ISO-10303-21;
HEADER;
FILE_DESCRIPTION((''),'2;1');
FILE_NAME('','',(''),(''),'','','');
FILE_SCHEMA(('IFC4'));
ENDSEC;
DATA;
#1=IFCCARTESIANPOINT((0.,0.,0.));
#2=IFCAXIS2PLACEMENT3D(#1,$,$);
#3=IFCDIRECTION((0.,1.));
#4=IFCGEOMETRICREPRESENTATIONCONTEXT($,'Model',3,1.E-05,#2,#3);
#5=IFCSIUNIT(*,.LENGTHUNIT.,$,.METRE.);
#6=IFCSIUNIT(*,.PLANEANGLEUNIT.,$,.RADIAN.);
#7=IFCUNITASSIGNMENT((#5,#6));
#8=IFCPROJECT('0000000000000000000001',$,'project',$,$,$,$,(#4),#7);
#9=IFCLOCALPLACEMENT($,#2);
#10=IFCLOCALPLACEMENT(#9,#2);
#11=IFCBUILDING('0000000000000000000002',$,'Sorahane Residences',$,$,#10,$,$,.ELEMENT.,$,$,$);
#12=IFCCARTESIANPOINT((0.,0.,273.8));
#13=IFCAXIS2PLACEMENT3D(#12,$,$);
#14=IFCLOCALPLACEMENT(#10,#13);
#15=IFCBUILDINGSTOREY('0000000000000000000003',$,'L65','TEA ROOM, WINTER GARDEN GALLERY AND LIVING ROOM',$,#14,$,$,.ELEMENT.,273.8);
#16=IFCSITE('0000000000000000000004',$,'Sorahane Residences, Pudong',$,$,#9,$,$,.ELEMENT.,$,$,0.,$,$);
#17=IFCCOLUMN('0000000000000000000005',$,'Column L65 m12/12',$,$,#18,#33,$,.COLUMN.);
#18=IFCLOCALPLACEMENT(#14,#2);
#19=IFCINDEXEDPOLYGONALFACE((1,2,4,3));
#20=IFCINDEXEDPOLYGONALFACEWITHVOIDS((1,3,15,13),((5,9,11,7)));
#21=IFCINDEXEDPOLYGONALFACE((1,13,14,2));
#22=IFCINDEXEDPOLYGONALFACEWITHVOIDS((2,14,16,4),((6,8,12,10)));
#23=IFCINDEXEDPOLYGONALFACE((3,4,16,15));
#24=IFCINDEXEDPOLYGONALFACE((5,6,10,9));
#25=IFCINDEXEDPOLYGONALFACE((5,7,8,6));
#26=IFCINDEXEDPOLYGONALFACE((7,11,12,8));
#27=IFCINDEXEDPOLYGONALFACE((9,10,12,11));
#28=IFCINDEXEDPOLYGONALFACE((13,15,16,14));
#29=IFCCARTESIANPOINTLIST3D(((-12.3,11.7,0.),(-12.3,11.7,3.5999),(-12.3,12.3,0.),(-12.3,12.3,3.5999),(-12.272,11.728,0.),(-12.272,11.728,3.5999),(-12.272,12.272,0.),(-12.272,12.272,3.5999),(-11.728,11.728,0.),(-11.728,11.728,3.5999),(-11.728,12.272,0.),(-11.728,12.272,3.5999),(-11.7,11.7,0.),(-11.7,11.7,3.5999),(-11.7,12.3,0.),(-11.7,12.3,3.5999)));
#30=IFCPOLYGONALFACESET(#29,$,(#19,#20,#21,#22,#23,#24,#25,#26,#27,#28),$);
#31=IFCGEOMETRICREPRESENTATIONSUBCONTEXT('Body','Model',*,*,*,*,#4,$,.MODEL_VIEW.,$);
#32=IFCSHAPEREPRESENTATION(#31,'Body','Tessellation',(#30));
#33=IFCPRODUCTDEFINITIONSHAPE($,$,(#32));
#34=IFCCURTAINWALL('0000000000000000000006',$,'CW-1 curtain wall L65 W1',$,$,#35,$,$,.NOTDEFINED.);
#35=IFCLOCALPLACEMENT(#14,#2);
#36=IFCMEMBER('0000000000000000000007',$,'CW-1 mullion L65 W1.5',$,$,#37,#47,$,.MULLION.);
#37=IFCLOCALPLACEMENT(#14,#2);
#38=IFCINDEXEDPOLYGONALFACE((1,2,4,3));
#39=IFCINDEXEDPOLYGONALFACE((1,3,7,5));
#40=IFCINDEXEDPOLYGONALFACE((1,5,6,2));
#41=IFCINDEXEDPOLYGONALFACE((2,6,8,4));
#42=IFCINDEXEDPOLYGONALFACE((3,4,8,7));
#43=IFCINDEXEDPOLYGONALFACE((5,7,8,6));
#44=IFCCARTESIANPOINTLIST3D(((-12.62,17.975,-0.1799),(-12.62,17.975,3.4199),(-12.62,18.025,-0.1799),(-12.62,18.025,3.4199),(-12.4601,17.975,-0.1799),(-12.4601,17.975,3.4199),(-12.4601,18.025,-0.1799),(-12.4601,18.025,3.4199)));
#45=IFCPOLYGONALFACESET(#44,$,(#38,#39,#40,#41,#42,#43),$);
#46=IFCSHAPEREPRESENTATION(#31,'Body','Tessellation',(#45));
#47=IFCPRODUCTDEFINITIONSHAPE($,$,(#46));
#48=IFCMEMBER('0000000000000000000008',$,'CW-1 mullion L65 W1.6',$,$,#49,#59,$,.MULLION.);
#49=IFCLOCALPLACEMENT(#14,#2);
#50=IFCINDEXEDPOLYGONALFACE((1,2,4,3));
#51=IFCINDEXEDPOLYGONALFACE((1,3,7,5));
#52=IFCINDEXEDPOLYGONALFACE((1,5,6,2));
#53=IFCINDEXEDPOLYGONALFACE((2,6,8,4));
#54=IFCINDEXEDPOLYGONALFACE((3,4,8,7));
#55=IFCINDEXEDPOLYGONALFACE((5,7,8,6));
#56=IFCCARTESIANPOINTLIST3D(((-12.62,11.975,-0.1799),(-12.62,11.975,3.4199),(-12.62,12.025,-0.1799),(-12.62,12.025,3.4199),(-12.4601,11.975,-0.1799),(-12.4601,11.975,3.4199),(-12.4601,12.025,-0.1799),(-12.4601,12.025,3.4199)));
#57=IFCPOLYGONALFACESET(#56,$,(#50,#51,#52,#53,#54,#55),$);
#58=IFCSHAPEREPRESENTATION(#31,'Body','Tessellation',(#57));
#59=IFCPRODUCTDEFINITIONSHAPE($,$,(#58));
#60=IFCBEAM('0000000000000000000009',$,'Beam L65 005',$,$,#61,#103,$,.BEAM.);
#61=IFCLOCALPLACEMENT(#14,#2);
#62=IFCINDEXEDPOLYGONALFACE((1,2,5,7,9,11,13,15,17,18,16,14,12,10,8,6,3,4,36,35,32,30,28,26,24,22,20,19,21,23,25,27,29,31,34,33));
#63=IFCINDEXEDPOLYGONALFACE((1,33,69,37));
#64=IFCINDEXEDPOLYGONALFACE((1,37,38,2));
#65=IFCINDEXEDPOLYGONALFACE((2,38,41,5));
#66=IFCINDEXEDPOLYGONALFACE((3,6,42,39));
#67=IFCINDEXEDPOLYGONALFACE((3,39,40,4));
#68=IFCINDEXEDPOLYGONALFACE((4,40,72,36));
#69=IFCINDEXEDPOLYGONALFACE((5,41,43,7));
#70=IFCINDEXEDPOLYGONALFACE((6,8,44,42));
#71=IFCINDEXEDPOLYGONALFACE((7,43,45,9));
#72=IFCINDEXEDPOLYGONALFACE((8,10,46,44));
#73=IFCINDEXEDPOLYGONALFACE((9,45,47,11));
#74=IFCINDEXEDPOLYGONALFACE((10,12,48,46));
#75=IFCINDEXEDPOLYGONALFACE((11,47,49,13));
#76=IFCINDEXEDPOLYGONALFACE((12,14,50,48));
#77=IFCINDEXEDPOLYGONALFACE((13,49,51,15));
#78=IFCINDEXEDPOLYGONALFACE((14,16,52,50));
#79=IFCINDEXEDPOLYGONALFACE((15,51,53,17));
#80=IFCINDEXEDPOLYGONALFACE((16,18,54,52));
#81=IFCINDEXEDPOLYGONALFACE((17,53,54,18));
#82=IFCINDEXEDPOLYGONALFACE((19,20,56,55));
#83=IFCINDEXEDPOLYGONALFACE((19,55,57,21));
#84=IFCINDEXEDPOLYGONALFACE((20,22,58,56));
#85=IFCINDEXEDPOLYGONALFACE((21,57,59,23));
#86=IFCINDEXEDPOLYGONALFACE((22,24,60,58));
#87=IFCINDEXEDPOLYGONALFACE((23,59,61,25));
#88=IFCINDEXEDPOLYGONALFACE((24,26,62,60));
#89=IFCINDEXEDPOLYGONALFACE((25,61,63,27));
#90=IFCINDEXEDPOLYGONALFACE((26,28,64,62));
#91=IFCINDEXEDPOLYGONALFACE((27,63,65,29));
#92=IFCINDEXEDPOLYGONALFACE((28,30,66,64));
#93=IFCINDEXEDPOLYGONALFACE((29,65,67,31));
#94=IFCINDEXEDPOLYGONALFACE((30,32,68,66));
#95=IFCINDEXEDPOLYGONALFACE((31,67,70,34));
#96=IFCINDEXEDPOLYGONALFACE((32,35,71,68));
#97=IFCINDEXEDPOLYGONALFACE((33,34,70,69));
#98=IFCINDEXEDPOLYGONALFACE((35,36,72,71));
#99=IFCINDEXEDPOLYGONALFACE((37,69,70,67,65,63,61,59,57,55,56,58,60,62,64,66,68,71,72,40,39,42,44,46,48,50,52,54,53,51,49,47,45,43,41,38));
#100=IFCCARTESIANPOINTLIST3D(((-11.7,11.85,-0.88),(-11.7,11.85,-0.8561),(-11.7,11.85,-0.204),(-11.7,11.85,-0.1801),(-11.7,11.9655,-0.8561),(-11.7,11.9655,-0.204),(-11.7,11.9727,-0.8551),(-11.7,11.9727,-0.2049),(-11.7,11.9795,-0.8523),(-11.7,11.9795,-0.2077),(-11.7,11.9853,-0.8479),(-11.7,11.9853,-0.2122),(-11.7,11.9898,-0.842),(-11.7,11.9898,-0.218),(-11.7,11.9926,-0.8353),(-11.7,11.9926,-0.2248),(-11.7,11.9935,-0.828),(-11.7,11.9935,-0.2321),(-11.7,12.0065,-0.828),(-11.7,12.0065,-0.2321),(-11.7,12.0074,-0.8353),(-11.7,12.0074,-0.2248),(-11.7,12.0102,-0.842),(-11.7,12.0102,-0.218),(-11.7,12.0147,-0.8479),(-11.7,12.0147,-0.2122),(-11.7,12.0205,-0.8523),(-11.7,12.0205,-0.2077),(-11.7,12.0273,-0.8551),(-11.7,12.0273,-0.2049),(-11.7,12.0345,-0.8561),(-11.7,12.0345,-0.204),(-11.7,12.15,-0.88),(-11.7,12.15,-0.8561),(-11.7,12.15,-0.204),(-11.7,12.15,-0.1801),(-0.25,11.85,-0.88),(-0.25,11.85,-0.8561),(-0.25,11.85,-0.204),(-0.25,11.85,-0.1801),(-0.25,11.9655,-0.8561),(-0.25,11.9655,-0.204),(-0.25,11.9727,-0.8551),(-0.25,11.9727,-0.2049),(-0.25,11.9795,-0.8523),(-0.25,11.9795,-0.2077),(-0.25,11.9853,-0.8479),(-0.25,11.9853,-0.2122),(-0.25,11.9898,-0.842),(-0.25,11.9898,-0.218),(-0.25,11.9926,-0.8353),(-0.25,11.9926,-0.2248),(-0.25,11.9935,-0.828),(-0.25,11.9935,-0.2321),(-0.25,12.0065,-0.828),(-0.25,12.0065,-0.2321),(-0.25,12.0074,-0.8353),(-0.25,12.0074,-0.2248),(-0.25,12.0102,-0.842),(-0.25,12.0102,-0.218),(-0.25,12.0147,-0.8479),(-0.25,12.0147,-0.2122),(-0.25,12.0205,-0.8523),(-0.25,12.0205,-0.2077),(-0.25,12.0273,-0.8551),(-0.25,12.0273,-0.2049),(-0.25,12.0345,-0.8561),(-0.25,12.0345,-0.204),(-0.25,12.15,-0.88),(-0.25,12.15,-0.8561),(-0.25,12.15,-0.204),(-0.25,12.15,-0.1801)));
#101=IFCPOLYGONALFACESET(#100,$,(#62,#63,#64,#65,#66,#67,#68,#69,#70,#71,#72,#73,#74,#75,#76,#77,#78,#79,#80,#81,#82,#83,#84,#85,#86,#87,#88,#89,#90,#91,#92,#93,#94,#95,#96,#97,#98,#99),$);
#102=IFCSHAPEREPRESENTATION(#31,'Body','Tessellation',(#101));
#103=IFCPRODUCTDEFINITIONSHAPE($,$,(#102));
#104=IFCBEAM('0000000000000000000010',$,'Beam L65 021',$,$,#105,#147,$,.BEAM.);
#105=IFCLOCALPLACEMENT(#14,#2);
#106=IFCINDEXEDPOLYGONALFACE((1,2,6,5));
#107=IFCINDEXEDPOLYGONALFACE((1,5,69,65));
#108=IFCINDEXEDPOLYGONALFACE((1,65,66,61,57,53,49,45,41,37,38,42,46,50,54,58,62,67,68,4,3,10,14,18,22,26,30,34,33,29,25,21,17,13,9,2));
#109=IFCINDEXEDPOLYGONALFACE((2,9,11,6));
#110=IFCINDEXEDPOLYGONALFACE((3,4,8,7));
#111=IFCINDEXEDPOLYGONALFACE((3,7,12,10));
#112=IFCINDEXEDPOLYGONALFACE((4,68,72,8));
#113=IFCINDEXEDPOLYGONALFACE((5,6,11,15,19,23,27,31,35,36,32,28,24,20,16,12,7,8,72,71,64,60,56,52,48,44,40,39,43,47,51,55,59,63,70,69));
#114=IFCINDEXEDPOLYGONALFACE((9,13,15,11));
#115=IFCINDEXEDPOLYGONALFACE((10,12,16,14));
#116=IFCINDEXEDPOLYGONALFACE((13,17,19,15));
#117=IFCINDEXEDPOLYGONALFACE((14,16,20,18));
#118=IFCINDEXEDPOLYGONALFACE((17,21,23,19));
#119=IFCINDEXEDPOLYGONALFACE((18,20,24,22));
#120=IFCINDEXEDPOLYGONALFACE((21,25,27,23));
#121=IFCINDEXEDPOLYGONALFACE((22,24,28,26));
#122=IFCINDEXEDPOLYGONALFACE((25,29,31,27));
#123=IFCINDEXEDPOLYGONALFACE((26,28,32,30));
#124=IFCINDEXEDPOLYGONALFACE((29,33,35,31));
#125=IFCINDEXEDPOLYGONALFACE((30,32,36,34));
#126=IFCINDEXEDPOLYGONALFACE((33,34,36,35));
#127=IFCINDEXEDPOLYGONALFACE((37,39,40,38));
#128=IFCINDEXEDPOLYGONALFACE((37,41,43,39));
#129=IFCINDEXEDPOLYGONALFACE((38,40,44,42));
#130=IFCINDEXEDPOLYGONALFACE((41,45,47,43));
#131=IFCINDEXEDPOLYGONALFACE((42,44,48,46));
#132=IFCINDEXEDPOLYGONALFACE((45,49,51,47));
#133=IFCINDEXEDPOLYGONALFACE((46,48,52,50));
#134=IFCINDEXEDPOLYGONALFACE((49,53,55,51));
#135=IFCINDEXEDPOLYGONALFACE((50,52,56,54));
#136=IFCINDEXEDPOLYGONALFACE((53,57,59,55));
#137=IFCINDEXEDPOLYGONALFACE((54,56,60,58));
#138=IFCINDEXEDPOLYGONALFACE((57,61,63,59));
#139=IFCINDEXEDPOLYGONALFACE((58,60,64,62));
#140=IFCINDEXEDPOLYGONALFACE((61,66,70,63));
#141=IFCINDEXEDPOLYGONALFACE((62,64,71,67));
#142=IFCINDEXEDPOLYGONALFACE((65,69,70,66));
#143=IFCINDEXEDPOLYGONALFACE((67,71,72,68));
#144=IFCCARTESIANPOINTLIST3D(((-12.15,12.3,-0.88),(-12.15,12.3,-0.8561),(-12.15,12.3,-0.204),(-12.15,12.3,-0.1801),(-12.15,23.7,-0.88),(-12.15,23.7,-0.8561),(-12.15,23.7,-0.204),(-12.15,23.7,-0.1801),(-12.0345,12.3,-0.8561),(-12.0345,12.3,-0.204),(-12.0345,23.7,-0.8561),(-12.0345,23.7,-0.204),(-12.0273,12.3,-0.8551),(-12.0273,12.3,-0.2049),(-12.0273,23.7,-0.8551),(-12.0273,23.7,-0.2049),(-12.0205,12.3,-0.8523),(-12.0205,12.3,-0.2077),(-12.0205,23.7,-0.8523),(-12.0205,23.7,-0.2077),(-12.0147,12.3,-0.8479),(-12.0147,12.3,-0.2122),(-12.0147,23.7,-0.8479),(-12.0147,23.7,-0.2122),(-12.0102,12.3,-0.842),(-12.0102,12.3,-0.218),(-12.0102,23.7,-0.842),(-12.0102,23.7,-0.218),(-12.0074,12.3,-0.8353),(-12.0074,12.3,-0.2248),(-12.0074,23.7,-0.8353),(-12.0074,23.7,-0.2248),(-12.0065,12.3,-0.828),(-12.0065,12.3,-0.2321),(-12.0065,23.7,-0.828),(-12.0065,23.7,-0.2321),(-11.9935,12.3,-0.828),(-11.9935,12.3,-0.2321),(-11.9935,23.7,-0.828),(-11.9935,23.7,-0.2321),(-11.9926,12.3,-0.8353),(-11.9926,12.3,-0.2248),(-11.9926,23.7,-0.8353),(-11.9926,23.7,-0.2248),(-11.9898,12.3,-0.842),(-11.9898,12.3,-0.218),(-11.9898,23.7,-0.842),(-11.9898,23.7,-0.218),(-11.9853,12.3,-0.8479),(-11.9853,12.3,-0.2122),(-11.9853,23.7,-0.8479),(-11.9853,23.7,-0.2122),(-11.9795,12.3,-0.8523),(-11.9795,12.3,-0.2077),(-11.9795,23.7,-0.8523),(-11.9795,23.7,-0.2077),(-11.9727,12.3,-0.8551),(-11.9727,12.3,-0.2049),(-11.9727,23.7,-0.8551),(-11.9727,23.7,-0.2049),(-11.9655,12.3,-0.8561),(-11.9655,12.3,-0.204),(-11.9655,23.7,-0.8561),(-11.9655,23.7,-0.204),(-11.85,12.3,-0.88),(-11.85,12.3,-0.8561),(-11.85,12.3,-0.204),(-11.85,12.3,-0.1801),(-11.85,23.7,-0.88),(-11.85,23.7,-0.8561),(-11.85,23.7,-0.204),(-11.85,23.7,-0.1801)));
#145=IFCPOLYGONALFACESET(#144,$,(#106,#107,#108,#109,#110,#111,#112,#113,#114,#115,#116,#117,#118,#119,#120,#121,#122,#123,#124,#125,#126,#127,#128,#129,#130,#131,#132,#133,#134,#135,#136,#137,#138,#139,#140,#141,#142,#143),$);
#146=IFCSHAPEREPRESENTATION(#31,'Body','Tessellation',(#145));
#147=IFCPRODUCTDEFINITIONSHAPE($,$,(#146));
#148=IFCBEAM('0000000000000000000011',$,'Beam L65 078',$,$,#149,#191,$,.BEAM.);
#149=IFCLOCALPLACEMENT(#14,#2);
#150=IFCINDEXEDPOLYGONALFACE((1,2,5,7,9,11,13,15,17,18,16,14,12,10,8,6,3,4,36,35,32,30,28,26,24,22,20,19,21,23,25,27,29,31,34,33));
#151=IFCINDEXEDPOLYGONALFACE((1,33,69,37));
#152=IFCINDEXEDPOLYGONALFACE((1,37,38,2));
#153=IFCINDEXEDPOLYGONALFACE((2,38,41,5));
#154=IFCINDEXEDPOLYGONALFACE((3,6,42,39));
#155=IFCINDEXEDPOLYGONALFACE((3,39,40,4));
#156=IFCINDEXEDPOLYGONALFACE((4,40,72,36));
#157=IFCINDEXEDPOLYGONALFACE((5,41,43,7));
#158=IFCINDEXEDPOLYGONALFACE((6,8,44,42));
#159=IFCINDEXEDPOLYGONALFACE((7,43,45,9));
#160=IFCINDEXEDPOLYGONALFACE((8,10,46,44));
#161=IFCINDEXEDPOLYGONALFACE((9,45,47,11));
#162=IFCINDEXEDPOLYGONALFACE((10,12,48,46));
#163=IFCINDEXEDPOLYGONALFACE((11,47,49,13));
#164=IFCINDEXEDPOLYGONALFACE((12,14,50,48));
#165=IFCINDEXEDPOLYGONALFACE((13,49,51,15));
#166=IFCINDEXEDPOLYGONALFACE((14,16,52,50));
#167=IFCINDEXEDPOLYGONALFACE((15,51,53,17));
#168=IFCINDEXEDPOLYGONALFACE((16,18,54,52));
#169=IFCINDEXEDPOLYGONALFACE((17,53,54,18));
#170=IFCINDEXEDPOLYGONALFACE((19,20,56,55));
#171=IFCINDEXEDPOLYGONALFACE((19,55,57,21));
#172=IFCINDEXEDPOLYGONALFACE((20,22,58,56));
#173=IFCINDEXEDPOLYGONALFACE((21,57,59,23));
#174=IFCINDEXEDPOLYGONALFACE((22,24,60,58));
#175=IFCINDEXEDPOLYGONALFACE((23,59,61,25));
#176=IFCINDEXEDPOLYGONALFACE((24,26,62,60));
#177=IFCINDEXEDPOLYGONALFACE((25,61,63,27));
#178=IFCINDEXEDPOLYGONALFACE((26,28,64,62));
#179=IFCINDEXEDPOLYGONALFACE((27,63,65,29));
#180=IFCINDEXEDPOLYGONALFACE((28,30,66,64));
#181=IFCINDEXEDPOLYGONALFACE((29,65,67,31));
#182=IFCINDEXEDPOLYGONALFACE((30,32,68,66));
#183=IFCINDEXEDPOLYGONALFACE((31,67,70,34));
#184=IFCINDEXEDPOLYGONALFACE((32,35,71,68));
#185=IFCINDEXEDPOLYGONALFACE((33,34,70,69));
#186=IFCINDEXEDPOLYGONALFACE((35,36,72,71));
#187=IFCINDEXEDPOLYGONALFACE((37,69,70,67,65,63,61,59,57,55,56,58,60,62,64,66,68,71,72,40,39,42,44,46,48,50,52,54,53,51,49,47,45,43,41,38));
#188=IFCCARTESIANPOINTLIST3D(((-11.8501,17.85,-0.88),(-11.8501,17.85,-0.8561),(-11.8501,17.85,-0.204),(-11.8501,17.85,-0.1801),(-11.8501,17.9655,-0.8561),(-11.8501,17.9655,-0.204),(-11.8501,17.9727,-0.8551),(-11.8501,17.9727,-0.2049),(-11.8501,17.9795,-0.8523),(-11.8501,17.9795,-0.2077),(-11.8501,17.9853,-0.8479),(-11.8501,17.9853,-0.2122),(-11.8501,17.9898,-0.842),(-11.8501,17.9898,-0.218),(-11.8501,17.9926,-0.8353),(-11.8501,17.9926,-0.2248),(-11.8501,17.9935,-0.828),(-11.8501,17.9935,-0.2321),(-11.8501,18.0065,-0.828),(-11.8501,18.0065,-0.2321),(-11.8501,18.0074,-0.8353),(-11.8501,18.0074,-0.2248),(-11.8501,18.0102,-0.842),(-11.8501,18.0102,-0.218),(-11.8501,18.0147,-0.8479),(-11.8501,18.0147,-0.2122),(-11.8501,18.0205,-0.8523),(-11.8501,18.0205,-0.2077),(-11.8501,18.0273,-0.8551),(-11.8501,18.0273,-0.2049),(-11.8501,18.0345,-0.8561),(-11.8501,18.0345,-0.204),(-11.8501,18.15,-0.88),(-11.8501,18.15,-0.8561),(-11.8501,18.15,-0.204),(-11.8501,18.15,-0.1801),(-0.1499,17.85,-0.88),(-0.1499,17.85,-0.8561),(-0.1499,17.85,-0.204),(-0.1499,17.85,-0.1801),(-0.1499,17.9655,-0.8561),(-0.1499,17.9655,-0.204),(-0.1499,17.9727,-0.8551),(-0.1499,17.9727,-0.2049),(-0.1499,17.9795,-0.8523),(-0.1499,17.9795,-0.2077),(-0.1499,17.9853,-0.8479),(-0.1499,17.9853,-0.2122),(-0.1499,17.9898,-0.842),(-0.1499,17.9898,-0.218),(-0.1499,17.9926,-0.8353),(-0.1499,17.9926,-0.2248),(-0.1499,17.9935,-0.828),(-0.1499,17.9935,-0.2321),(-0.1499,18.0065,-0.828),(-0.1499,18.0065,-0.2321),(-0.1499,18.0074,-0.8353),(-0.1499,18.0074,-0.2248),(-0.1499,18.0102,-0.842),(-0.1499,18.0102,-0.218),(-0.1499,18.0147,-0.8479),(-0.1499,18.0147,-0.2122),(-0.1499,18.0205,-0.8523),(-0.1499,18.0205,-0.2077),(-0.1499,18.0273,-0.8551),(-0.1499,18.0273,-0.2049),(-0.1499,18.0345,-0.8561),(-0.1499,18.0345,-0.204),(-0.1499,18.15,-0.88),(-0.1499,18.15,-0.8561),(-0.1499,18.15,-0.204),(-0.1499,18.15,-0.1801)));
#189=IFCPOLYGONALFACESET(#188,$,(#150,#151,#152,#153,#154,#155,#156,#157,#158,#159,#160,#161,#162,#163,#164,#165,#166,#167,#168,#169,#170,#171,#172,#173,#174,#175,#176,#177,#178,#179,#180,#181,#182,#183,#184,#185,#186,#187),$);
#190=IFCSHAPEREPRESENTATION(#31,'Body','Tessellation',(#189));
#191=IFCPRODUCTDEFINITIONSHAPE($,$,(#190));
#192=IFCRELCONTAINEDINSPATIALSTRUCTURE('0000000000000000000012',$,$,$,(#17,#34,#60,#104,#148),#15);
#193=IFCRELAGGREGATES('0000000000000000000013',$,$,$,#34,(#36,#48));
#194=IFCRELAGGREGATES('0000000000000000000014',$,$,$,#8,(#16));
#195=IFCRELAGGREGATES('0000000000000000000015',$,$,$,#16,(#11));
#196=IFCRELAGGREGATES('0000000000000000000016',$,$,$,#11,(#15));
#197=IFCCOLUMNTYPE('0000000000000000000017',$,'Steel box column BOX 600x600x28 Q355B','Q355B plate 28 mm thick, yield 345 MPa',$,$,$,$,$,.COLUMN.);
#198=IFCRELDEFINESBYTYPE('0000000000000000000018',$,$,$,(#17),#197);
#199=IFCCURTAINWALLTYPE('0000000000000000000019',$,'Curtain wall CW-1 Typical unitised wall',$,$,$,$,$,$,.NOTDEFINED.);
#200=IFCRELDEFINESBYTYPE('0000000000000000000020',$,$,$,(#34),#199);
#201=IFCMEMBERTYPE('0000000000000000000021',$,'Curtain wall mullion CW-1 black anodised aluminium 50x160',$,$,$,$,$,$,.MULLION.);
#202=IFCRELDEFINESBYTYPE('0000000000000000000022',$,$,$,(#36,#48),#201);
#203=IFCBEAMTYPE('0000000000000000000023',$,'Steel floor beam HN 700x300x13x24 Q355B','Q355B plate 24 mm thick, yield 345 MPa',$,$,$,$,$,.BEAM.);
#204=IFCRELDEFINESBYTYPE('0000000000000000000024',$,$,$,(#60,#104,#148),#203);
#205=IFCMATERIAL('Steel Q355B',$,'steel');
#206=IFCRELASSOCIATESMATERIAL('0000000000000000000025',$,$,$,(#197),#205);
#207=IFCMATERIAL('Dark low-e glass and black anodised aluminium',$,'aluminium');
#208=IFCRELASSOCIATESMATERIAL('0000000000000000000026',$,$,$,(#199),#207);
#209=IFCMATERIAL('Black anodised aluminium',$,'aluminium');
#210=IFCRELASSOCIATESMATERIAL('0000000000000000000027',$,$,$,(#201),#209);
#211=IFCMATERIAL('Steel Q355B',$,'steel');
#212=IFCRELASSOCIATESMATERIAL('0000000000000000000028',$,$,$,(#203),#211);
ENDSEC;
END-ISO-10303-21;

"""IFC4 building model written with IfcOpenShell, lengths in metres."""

from ifc_helpers import new_model, si_unit, direction, frame, origin, origin_2d, place, context, subcontext, project, spatial, rectangle, hollow_rectangle, i_section, extrude, material, material_profile, profile_set, type_object, element, aggregate, save


model = new_model("IFC4")

# Units and contexts
model_context = context("Model", 3, precision=1e-05, world=origin(), true_north=direction((0.0, 1.0)))
body_context = subcontext(model_context, "Body", "Model", "MODEL_VIEW")
ifc_project = project(units=[si_unit("LENGTHUNIT", "METRE"), si_unit("PLANEANGLEUNIT", "RADIAN")], contexts=[model_context])

# Site, building, storey
site_placement = place(None, origin())
site = spatial("IfcSite", under=ifc_project, at=site_placement, Name="Sorahane Residences, Pudong", CompositionType="ELEMENT", RefElevation=0.0)
building_placement = place(site_placement, origin())
building = spatial("IfcBuilding", under=site, at=building_placement, Name="Sorahane Residences", CompositionType="ELEMENT")
storey_placement = place(building_placement, frame((0.0, 0.0, 273.8)))
storey = spatial("IfcBuildingStorey", under=building, at=storey_placement, Name="L65", Description="TEA ROOM, WINTER GARDEN GALLERY AND LIVING ROOM", CompositionType="ELEMENT", Elevation=273.8)

# Column
ifc_material_1 = material(Name="Steel Q355B", Category="steel")
ifc_material_profile_1 = material_profile(ifc_material_1, hollow_rectangle(XDim=0.6001, YDim=0.6001, WallThickness=0.0281, at=origin_2d()), Name="BOX 600x600x28")
ifc_profile_set_1 = profile_set([ifc_material_profile_1], Name="Steel Q355B")
column_type = type_object("IfcColumnType", Name="Steel box column BOX 600x600x28 Q355B", Description="Q355B plate 28 mm thick, yield 345 MPa", PredefinedType="COLUMN", material=ifc_profile_set_1)
column_placement = place(storey_placement, frame((-12.0, 12.0, 0.0), z_axis=(0.0, 0.0, 1.0), x_axis=(1.0, 0.0, 0.0)))
element("IfcColumn", 1, at=column_placement, inside=storey, type_object=column_type, Name="Column L65 m12/12", PredefinedType="COLUMN", context=body_context, shape_type="SweptSolid", body=[
    extrude(hollow_rectangle(XDim=0.6001, YDim=0.6001, WallThickness=0.0281, at=origin_2d()), origin(), (0.0, 0.0, 1.0), 3.5999),
])

# Curtain wall, members
ifc_material_2 = material(Name="Dark low-e glass and black anodised aluminium", Category="aluminium")
curtain_wall_type = type_object("IfcCurtainWallType", Name="Curtain wall CW-1 Typical unitised wall", PredefinedType="NOTDEFINED", material=ifc_material_2)
curtain_wall_placement = place(storey_placement, origin())
curtain_wall = element("IfcCurtainWall", 2, at=curtain_wall_placement, inside=storey, type_object=curtain_wall_type, Name="CW-1 curtain wall L65 W1", PredefinedType="NOTDEFINED")
ifc_material_3 = material(Name="Black anodised aluminium", Category="aluminium")
ifc_material_profile_2 = material_profile(ifc_material_3, rectangle(XDim=0.1599, YDim=0.05, at=origin_2d()), Name="Curtain wall mullion CW-1 black anodised aluminium 50x160")
ifc_profile_set_2 = profile_set([ifc_material_profile_2], Name="Black anodised aluminium")
member_type = type_object("IfcMemberType", Name="Curtain wall mullion CW-1 black anodised aluminium 50x160", PredefinedType="MULLION", material=ifc_profile_set_2)
member_1_placement = place(storey_placement, frame((-12.54, 18.0, -0.1799), z_axis=(0.0, 0.0, 1.0), x_axis=(-1.0, 0.0, 0.0)))
member_1 = element("IfcMember", 3, at=member_1_placement, type_object=member_type, Name="CW-1 mullion L65 W1.5", PredefinedType="MULLION", context=body_context, shape_type="SweptSolid", body=[
    extrude(rectangle(XDim=0.1599, YDim=0.05, at=origin_2d()), origin(), (0.0, 0.0, 1.0), 3.5999),
])
member_2_placement = place(storey_placement, frame((-12.54, 12.0, -0.1799), z_axis=(0.0, 0.0, 1.0), x_axis=(-1.0, 0.0, 0.0)))
member_2 = element("IfcMember", 4, at=member_2_placement, type_object=member_type, Name="CW-1 mullion L65 W1.6", PredefinedType="MULLION", context=body_context, shape_type="SweptSolid", body=[
    extrude(rectangle(XDim=0.1599, YDim=0.05, at=origin_2d()), origin(), (0.0, 0.0, 1.0), 3.5999),
])

# Beams
ifc_material_4 = material(Name="Steel Q355B", Category="steel")
ifc_material_profile_3 = material_profile(ifc_material_4, i_section(OverallWidth=0.3, OverallDepth=0.7, WebThickness=0.0129, FlangeThickness=0.0239, FilletRadius=0.0281, at=origin_2d()), Name="HN 700x300x13x24")
ifc_profile_set_3 = profile_set([ifc_material_profile_3], Name="Steel Q355B")
beam_type = type_object("IfcBeamType", Name="Steel floor beam HN 700x300x13x24 Q355B", Description="Q355B plate 24 mm thick, yield 345 MPa", PredefinedType="BEAM", material=ifc_profile_set_3)
beam_1_placement = place(storey_placement, frame((-11.7, 12.0, -0.53), z_axis=(1.0, 0.0, 0.0), x_axis=(0.0, 1.0, 0.0)))
element("IfcBeam", 5, at=beam_1_placement, inside=storey, type_object=beam_type, Name="Beam L65 005", PredefinedType="BEAM", context=body_context, shape_type="SweptSolid", body=[
    extrude(i_section(OverallWidth=0.3, OverallDepth=0.7, WebThickness=0.0129, FlangeThickness=0.0239, FilletRadius=0.0281, at=origin_2d()), origin(), (0.0, 0.0, 1.0), 11.45),
])
beam_2_placement = place(storey_placement, frame((-12.0, 12.3, -0.53), z_axis=(0.0, 1.0, 0.0), x_axis=(-1.0, 0.0, 0.0)))
element("IfcBeam", 6, at=beam_2_placement, inside=storey, type_object=beam_type, Name="Beam L65 021", PredefinedType="BEAM", context=body_context, shape_type="SweptSolid", body=[
    extrude(i_section(OverallWidth=0.3, OverallDepth=0.7, WebThickness=0.0129, FlangeThickness=0.0239, FilletRadius=0.0281, at=origin_2d()), origin(), (0.0, 0.0, 1.0), 11.3999),
])
beam_3_placement = place(storey_placement, frame((-11.8501, 18.0, -0.53), z_axis=(1.0, 0.0, 0.0), x_axis=(0.0, 1.0, 0.0)))
element("IfcBeam", 7, at=beam_3_placement, inside=storey, type_object=beam_type, Name="Beam L65 078", PredefinedType="BEAM", context=body_context, shape_type="SweptSolid", body=[
    extrude(i_section(OverallWidth=0.3, OverallDepth=0.7, WebThickness=0.0129, FlangeThickness=0.0239, FilletRadius=0.0281, at=origin_2d()), origin(), (0.0, 0.0, 1.0), 11.7002),
])

aggregate(curtain_wall, [member_1, member_2])

save(model, "model.ifc")
